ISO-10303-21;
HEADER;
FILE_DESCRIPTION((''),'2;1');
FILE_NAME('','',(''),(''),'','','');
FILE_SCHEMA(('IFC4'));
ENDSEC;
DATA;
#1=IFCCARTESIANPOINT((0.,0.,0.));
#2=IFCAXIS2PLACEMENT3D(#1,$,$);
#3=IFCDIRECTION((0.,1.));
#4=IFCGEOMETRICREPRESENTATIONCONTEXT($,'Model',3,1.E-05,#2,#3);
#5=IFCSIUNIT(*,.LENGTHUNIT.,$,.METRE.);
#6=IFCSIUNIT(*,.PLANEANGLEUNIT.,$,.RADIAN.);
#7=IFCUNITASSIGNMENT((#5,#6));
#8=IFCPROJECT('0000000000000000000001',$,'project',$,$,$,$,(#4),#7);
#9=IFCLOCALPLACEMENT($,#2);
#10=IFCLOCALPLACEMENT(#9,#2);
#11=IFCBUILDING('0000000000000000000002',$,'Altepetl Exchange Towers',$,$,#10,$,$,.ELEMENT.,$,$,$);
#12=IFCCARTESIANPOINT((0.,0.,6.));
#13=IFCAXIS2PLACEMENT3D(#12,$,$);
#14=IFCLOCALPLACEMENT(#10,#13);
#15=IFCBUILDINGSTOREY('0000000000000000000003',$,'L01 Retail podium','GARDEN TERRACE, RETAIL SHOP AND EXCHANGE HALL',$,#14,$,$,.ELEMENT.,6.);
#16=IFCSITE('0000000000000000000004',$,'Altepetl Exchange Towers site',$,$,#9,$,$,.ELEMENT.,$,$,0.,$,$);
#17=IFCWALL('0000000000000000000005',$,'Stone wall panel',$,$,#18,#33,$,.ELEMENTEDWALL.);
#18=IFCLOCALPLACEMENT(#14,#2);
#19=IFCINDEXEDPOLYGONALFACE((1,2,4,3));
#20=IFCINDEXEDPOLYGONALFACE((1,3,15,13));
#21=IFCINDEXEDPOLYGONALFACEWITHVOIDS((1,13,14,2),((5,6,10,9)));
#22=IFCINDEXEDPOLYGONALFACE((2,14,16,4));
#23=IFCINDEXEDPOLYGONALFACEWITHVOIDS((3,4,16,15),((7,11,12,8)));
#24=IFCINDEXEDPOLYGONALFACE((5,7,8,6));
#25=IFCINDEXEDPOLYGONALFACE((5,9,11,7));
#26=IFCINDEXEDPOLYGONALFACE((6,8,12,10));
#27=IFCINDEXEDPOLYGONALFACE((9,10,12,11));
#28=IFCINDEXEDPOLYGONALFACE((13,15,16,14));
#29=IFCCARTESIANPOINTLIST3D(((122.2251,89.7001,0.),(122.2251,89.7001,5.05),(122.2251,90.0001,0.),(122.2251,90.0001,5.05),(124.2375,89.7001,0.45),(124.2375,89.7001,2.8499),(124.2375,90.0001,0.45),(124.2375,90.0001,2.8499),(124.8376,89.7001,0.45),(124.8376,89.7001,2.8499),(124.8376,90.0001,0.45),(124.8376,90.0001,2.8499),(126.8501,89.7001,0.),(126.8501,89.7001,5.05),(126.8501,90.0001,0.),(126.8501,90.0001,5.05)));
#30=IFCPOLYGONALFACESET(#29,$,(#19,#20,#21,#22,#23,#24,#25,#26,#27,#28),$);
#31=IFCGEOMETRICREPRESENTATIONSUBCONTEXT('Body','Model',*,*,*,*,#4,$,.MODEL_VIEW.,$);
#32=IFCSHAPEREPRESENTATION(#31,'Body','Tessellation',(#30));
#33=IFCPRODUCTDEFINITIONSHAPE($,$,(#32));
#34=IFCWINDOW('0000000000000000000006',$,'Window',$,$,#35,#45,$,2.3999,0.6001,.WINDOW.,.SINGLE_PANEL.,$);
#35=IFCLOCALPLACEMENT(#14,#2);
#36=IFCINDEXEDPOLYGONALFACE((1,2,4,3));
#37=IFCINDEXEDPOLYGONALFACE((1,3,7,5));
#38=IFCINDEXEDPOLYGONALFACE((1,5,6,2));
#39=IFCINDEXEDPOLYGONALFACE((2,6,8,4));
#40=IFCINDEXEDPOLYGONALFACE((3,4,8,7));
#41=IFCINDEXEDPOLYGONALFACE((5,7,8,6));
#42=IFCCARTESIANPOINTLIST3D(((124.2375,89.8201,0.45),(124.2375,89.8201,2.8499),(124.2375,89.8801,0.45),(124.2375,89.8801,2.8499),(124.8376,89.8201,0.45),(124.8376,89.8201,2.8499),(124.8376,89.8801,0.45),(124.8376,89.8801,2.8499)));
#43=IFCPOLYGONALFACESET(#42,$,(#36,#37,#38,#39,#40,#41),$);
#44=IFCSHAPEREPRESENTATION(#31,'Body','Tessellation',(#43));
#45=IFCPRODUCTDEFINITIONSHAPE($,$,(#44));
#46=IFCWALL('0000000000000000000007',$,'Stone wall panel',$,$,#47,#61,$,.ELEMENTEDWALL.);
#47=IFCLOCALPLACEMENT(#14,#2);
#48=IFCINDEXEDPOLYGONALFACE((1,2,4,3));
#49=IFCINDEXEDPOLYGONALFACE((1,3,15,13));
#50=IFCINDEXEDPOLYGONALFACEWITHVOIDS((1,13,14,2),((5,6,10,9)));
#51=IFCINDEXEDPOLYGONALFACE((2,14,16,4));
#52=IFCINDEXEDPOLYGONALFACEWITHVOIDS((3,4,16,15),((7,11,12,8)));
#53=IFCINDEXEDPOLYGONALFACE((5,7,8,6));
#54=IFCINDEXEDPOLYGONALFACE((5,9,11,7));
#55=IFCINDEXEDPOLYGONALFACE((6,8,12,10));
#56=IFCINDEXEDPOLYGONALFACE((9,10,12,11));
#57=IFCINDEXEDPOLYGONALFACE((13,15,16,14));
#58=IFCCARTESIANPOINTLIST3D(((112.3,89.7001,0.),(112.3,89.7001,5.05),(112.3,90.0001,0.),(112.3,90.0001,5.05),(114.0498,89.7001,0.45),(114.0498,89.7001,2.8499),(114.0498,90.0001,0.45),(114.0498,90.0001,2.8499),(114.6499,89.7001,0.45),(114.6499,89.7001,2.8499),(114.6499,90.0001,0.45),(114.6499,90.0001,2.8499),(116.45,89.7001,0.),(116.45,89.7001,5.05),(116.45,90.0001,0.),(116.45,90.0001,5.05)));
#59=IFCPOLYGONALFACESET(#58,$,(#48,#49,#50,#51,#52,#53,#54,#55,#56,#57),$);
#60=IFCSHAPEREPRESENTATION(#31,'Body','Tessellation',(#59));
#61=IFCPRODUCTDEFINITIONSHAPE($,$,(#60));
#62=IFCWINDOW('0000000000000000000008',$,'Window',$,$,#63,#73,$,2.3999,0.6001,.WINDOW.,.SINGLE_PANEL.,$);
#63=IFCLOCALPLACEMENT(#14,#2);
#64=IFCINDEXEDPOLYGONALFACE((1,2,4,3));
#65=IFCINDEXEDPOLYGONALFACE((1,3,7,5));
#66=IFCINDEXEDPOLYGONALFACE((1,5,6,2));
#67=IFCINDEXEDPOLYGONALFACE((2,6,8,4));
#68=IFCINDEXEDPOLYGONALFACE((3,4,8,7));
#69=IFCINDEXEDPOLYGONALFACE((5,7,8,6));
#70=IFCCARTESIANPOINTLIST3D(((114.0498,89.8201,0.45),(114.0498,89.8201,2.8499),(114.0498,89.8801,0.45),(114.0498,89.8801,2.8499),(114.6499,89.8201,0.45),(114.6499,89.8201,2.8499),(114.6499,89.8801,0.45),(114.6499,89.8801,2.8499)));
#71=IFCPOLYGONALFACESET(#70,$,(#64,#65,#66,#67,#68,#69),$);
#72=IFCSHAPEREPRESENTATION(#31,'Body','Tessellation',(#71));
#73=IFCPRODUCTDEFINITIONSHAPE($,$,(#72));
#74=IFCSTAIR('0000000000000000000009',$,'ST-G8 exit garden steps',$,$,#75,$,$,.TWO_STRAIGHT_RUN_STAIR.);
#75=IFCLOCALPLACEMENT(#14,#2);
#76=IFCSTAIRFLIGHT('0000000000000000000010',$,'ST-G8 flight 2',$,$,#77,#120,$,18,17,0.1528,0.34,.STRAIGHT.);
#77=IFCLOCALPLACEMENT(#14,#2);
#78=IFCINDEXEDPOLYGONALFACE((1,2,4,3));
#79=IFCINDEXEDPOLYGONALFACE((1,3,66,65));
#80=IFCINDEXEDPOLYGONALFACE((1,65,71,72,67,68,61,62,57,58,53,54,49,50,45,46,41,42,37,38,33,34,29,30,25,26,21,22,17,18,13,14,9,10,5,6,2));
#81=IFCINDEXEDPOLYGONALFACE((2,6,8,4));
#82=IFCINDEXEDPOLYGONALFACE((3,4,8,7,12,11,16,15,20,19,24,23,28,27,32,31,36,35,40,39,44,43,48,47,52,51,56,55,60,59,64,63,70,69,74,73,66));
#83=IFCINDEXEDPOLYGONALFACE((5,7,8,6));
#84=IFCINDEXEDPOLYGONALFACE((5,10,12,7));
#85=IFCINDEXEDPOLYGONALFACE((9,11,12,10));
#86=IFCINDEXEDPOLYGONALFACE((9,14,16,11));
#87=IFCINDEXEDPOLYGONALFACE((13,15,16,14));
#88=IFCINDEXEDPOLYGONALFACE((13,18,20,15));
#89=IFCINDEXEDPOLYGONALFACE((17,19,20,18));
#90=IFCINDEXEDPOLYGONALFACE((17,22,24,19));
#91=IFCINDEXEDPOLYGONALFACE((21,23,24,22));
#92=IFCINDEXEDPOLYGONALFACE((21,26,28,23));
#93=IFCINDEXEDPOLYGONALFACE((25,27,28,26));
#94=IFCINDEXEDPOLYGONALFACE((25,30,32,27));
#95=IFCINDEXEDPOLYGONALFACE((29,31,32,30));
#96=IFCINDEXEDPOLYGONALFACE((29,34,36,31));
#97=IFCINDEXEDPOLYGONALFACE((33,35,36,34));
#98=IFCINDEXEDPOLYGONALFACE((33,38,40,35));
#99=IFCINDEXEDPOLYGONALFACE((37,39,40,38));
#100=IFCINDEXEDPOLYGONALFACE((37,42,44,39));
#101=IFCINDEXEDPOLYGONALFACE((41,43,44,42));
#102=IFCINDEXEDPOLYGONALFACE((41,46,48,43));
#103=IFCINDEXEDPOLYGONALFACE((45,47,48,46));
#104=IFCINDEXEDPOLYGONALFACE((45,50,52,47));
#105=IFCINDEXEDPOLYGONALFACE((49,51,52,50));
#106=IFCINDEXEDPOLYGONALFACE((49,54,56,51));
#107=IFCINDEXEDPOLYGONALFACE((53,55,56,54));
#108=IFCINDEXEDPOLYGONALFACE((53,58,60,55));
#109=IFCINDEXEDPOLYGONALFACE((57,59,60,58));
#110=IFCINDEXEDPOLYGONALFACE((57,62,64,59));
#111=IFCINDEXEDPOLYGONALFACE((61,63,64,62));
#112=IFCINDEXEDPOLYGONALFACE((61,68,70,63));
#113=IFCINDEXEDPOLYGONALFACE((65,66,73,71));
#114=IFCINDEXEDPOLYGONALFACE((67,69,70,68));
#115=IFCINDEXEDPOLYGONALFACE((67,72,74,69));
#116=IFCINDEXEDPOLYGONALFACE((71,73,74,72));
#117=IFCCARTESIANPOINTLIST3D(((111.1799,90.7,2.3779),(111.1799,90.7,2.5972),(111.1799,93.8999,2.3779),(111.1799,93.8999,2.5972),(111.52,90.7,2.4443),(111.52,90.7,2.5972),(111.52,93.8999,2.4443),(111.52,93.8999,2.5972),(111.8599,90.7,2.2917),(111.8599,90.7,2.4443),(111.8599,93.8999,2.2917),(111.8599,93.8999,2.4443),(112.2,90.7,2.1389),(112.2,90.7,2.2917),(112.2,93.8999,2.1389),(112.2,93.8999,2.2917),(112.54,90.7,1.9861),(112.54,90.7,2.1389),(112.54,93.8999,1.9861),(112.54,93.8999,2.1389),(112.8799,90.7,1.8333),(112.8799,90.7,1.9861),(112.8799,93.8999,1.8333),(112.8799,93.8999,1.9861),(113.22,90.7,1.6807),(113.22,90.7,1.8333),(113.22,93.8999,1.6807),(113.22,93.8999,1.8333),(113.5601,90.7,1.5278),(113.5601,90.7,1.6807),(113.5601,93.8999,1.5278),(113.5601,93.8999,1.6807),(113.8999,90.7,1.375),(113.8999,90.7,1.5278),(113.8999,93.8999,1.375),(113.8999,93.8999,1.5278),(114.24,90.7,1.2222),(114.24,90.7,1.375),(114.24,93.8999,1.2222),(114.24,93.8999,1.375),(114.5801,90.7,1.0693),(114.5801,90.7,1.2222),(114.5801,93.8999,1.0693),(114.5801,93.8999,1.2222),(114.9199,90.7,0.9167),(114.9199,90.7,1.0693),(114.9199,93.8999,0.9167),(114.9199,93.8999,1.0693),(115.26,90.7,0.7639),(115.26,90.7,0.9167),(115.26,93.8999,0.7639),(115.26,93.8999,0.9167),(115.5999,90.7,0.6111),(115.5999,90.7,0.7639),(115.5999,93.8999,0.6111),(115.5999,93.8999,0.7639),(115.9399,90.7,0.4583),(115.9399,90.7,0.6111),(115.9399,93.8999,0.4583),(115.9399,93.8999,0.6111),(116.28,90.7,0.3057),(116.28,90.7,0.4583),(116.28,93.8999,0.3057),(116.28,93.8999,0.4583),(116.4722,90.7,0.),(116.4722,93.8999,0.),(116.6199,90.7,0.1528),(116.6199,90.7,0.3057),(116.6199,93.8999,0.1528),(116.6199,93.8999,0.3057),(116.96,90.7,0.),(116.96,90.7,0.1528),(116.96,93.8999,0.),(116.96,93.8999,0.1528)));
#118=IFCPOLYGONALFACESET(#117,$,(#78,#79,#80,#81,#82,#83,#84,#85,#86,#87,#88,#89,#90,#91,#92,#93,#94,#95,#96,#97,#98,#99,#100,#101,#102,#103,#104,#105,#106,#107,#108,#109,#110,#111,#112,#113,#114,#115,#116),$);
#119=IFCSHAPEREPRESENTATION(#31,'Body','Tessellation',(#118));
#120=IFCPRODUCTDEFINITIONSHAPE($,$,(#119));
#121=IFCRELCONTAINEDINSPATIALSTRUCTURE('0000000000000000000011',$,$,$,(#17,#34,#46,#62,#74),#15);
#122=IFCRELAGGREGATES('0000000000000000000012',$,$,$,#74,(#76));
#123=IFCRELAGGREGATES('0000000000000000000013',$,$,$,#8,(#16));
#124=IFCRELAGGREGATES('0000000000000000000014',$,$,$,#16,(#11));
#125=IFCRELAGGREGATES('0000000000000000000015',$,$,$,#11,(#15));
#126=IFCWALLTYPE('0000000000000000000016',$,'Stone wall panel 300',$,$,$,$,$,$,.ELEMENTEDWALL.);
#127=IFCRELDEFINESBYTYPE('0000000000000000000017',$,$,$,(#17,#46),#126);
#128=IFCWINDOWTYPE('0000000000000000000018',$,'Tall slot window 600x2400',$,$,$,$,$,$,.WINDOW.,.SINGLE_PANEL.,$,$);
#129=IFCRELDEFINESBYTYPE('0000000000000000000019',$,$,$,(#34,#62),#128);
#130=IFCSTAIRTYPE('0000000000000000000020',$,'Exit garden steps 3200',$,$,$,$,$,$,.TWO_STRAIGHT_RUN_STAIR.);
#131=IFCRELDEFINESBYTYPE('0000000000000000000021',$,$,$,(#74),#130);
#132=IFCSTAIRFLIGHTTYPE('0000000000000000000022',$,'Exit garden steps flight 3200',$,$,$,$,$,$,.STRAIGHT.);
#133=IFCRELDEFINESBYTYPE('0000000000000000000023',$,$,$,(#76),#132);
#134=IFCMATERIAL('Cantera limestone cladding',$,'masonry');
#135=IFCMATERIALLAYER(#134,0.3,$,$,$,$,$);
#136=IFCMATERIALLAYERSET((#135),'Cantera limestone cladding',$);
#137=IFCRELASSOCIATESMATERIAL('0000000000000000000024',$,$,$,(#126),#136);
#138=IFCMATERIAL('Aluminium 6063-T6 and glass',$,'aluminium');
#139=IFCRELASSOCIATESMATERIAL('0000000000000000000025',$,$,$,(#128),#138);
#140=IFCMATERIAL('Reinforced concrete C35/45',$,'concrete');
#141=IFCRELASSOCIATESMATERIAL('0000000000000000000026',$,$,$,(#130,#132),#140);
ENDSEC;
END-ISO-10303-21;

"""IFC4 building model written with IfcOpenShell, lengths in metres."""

from ifc_helpers import new_model, si_unit, direction, frame, frame_2d, origin, place, context, subcontext, project, spatial, polyline, rectangle, outline, extrude, material, layer, layer_set, type_object, element, fill, aggregate, save


model = new_model("IFC4")

# Units and contexts
model_context = context("Model", 3, precision=1e-05, world=origin(), true_north=direction((0.0, 1.0)))
body_context = subcontext(model_context, "Body", "Model", "MODEL_VIEW")
ifc_project = project(units=[si_unit("LENGTHUNIT", "METRE"), si_unit("PLANEANGLEUNIT", "RADIAN")], contexts=[model_context])

# Site, building, storey
site_placement = place(None, origin())
site = spatial("IfcSite", under=ifc_project, at=site_placement, Name="Altepetl Exchange Towers site", CompositionType="ELEMENT", RefElevation=0.0)
building_placement = place(site_placement, origin())
building = spatial("IfcBuilding", under=site, at=building_placement, Name="Altepetl Exchange Towers", CompositionType="ELEMENT")
storey_placement = place(building_placement, frame((0.0, 0.0, 6.0)))
storey = spatial("IfcBuildingStorey", under=building, at=storey_placement, Name="L01 Retail podium", Description="GARDEN TERRACE, RETAIL SHOP AND EXCHANGE HALL", CompositionType="ELEMENT", Elevation=6.0)

# Shared definitions
ifc_material_1 = material(Name="Aluminium 6063-T6 and glass", Category="aluminium")

# Shared definitions
ifc_material_2 = material(Name="Reinforced concrete C35/45", Category="concrete")

# Walls, openings, windows
ifc_material_3 = material(Name="Cantera limestone cladding", Category="masonry")
ifc_layer_1 = layer(ifc_material_3, 0.3)
ifc_layer_set_1 = layer_set([ifc_layer_1], Name="Cantera limestone cladding")
wall_type_1 = type_object("IfcWallType", Name="Stone wall panel 300", PredefinedType="ELEMENTEDWALL", material=ifc_layer_set_1)
wall_1_placement = place(storey_placement, frame((126.8501, 89.8501, 0.0), z_axis=(0.0, 0.0, 1.0), x_axis=(-1.0, 0.0, 0.0)))
wall_1 = element("IfcWall", 1, at=wall_1_placement, inside=storey, type_object=wall_type_1, Name="Stone wall panel", PredefinedType="ELEMENTEDWALL", context=body_context, shape_type="SweptSolid", body=[
    extrude(rectangle(XDim=4.625, YDim=0.3, at=frame_2d((2.3125, 0.0))), origin(), (0.0, 0.0, 1.0), 5.05),
])
opening_1_placement = place(wall_1_placement, frame((2.0125, 0.0, 0.45)))
opening_1 = element("IfcOpeningElement", 2, at=opening_1_placement, cuts=wall_1, PredefinedType="OPENING", context=body_context, shape_type="SweptSolid", body=[
    extrude(rectangle(XDim=0.6001, YDim=2.3999, at=frame_2d((0.3, 1.2))), frame((0.0, 0.1602, 0.0), z_axis=(0.0, -1.0, 0.0), x_axis=(1.0, 0.0, 0.0)), (0.0, 0.0, 1.0), 0.3201),
])
window_type = type_object("IfcWindowType", Name="Tall slot window 600x2400", PartitioningType="SINGLE_PANEL", PredefinedType="WINDOW", material=ifc_material_1)
window_1_placement = place(opening_1_placement, origin())
window_1 = element("IfcWindow", 3, at=window_1_placement, inside=storey, type_object=window_type, Name="Window", OverallHeight=2.3999, OverallWidth=0.6001, PartitioningType="SINGLE_PANEL", PredefinedType="WINDOW", context=body_context, shape_type="SweptSolid", body=[
    extrude(rectangle(XDim=0.6001, YDim=2.3999, at=frame_2d((0.3, 1.2))), frame((0.0, 0.03, 0.0), z_axis=(0.0, -1.0, 0.0), x_axis=(1.0, 0.0, 0.0)), (0.0, 0.0, 1.0), 0.0601),
])
fill(opening_1, window_1)
wall_2_placement = place(storey_placement, frame((116.45, 89.8501, 0.0), z_axis=(0.0, 0.0, 1.0), x_axis=(-1.0, 0.0, 0.0)))
wall_2 = element("IfcWall", 4, at=wall_2_placement, inside=storey, type_object=wall_type_1, Name="Stone wall panel", PredefinedType="ELEMENTEDWALL", context=body_context, shape_type="SweptSolid", body=[
    extrude(rectangle(XDim=4.1499, YDim=0.3, at=frame_2d((2.075, 0.0))), origin(), (0.0, 0.0, 1.0), 5.05),
])
opening_2_placement = place(wall_2_placement, frame((1.8, 0.0, 0.45)))
opening_2 = element("IfcOpeningElement", 5, at=opening_2_placement, cuts=wall_2, PredefinedType="OPENING", context=body_context, shape_type="SweptSolid", body=[
    extrude(rectangle(XDim=0.6001, YDim=2.3999, at=frame_2d((0.3, 1.2))), frame((0.0, 0.1602, 0.0), z_axis=(0.0, -1.0, 0.0), x_axis=(1.0, 0.0, 0.0)), (0.0, 0.0, 1.0), 0.3201),
])
window_2_placement = place(opening_2_placement, origin())
window_2 = element("IfcWindow", 6, at=window_2_placement, inside=storey, type_object=window_type, Name="Window", OverallHeight=2.3999, OverallWidth=0.6001, PartitioningType="SINGLE_PANEL", PredefinedType="WINDOW", context=body_context, shape_type="SweptSolid", body=[
    extrude(rectangle(XDim=0.6001, YDim=2.3999, at=frame_2d((0.3, 1.2))), frame((0.0, 0.03, 0.0), z_axis=(0.0, -1.0, 0.0), x_axis=(1.0, 0.0, 0.0)), (0.0, 0.0, 1.0), 0.0601),
])
fill(opening_2, window_2)

# Stair, stair flight
stair_type = type_object("IfcStairType", Name="Exit garden steps 3200", PredefinedType="TWO_STRAIGHT_RUN_STAIR", material=ifc_material_2)
stair_placement = place(storey_placement, origin())
stair = element("IfcStair", 7, at=stair_placement, inside=storey, type_object=stair_type, Name="ST-G8 exit garden steps", PredefinedType="TWO_STRAIGHT_RUN_STAIR")
stair_flight_type = type_object("IfcStairFlightType", Name="Exit garden steps flight 3200", PredefinedType="STRAIGHT", material=ifc_material_2)
stair_flight_placement = place(storey_placement, frame((116.96, 92.3, 0.0), z_axis=(0.0, 0.0, 1.0), x_axis=(-1.0, 0.0, 0.0)))
stair_flight = element("IfcStairFlight", 8, at=stair_flight_placement, type_object=stair_flight_type, Name="ST-G8 flight 2", NumberOfRisers=18, NumberOfTreads=17, PredefinedType="STRAIGHT", RiserHeight=0.1528, TreadLength=0.34, context=body_context, shape_type="SweptSolid", body=[
    extrude(outline(polyline([(0.0, 0.0), (0.0, 0.1528), (0.3401, 0.1528), (0.3401, 0.3057), (0.6799, 0.3057), (0.6799, 0.4583), (1.02, 0.4583), (1.02, 0.6111), (1.3601, 0.6111), (1.3601, 0.7639), (1.7, 0.7639), (1.7, 0.9167), (2.04, 0.9167), (2.04, 1.0693), (2.3799, 1.0693), (2.3799, 1.2222), (2.72, 1.2222), (2.72, 1.375), (3.0601, 1.375), (3.0601, 1.5278), (3.3999, 1.5278), (3.3999, 1.6807), (3.74, 1.6807), (3.74, 1.8333), (4.0801, 1.8333), (4.0801, 1.9861), (4.4199, 1.9861), (4.4199, 2.1389), (4.76, 2.1389), (4.76, 2.2917), (5.1001, 2.2917), (5.1001, 2.4443), (5.4399, 2.4443), (5.4399, 2.5972), (5.78, 2.5972), (5.78, 2.75), (5.78, 2.3779), (0.4878, 0.0), (0.0, 0.0)])), frame((0.0, 1.6001, 0.0), z_axis=(0.0, -1.0, 0.0), x_axis=(1.0, 0.0, 0.0)), (0.0, 0.0, 1.0), 3.2),
])
aggregate(stair, [stair_flight])

save(model, "model.ifc")
